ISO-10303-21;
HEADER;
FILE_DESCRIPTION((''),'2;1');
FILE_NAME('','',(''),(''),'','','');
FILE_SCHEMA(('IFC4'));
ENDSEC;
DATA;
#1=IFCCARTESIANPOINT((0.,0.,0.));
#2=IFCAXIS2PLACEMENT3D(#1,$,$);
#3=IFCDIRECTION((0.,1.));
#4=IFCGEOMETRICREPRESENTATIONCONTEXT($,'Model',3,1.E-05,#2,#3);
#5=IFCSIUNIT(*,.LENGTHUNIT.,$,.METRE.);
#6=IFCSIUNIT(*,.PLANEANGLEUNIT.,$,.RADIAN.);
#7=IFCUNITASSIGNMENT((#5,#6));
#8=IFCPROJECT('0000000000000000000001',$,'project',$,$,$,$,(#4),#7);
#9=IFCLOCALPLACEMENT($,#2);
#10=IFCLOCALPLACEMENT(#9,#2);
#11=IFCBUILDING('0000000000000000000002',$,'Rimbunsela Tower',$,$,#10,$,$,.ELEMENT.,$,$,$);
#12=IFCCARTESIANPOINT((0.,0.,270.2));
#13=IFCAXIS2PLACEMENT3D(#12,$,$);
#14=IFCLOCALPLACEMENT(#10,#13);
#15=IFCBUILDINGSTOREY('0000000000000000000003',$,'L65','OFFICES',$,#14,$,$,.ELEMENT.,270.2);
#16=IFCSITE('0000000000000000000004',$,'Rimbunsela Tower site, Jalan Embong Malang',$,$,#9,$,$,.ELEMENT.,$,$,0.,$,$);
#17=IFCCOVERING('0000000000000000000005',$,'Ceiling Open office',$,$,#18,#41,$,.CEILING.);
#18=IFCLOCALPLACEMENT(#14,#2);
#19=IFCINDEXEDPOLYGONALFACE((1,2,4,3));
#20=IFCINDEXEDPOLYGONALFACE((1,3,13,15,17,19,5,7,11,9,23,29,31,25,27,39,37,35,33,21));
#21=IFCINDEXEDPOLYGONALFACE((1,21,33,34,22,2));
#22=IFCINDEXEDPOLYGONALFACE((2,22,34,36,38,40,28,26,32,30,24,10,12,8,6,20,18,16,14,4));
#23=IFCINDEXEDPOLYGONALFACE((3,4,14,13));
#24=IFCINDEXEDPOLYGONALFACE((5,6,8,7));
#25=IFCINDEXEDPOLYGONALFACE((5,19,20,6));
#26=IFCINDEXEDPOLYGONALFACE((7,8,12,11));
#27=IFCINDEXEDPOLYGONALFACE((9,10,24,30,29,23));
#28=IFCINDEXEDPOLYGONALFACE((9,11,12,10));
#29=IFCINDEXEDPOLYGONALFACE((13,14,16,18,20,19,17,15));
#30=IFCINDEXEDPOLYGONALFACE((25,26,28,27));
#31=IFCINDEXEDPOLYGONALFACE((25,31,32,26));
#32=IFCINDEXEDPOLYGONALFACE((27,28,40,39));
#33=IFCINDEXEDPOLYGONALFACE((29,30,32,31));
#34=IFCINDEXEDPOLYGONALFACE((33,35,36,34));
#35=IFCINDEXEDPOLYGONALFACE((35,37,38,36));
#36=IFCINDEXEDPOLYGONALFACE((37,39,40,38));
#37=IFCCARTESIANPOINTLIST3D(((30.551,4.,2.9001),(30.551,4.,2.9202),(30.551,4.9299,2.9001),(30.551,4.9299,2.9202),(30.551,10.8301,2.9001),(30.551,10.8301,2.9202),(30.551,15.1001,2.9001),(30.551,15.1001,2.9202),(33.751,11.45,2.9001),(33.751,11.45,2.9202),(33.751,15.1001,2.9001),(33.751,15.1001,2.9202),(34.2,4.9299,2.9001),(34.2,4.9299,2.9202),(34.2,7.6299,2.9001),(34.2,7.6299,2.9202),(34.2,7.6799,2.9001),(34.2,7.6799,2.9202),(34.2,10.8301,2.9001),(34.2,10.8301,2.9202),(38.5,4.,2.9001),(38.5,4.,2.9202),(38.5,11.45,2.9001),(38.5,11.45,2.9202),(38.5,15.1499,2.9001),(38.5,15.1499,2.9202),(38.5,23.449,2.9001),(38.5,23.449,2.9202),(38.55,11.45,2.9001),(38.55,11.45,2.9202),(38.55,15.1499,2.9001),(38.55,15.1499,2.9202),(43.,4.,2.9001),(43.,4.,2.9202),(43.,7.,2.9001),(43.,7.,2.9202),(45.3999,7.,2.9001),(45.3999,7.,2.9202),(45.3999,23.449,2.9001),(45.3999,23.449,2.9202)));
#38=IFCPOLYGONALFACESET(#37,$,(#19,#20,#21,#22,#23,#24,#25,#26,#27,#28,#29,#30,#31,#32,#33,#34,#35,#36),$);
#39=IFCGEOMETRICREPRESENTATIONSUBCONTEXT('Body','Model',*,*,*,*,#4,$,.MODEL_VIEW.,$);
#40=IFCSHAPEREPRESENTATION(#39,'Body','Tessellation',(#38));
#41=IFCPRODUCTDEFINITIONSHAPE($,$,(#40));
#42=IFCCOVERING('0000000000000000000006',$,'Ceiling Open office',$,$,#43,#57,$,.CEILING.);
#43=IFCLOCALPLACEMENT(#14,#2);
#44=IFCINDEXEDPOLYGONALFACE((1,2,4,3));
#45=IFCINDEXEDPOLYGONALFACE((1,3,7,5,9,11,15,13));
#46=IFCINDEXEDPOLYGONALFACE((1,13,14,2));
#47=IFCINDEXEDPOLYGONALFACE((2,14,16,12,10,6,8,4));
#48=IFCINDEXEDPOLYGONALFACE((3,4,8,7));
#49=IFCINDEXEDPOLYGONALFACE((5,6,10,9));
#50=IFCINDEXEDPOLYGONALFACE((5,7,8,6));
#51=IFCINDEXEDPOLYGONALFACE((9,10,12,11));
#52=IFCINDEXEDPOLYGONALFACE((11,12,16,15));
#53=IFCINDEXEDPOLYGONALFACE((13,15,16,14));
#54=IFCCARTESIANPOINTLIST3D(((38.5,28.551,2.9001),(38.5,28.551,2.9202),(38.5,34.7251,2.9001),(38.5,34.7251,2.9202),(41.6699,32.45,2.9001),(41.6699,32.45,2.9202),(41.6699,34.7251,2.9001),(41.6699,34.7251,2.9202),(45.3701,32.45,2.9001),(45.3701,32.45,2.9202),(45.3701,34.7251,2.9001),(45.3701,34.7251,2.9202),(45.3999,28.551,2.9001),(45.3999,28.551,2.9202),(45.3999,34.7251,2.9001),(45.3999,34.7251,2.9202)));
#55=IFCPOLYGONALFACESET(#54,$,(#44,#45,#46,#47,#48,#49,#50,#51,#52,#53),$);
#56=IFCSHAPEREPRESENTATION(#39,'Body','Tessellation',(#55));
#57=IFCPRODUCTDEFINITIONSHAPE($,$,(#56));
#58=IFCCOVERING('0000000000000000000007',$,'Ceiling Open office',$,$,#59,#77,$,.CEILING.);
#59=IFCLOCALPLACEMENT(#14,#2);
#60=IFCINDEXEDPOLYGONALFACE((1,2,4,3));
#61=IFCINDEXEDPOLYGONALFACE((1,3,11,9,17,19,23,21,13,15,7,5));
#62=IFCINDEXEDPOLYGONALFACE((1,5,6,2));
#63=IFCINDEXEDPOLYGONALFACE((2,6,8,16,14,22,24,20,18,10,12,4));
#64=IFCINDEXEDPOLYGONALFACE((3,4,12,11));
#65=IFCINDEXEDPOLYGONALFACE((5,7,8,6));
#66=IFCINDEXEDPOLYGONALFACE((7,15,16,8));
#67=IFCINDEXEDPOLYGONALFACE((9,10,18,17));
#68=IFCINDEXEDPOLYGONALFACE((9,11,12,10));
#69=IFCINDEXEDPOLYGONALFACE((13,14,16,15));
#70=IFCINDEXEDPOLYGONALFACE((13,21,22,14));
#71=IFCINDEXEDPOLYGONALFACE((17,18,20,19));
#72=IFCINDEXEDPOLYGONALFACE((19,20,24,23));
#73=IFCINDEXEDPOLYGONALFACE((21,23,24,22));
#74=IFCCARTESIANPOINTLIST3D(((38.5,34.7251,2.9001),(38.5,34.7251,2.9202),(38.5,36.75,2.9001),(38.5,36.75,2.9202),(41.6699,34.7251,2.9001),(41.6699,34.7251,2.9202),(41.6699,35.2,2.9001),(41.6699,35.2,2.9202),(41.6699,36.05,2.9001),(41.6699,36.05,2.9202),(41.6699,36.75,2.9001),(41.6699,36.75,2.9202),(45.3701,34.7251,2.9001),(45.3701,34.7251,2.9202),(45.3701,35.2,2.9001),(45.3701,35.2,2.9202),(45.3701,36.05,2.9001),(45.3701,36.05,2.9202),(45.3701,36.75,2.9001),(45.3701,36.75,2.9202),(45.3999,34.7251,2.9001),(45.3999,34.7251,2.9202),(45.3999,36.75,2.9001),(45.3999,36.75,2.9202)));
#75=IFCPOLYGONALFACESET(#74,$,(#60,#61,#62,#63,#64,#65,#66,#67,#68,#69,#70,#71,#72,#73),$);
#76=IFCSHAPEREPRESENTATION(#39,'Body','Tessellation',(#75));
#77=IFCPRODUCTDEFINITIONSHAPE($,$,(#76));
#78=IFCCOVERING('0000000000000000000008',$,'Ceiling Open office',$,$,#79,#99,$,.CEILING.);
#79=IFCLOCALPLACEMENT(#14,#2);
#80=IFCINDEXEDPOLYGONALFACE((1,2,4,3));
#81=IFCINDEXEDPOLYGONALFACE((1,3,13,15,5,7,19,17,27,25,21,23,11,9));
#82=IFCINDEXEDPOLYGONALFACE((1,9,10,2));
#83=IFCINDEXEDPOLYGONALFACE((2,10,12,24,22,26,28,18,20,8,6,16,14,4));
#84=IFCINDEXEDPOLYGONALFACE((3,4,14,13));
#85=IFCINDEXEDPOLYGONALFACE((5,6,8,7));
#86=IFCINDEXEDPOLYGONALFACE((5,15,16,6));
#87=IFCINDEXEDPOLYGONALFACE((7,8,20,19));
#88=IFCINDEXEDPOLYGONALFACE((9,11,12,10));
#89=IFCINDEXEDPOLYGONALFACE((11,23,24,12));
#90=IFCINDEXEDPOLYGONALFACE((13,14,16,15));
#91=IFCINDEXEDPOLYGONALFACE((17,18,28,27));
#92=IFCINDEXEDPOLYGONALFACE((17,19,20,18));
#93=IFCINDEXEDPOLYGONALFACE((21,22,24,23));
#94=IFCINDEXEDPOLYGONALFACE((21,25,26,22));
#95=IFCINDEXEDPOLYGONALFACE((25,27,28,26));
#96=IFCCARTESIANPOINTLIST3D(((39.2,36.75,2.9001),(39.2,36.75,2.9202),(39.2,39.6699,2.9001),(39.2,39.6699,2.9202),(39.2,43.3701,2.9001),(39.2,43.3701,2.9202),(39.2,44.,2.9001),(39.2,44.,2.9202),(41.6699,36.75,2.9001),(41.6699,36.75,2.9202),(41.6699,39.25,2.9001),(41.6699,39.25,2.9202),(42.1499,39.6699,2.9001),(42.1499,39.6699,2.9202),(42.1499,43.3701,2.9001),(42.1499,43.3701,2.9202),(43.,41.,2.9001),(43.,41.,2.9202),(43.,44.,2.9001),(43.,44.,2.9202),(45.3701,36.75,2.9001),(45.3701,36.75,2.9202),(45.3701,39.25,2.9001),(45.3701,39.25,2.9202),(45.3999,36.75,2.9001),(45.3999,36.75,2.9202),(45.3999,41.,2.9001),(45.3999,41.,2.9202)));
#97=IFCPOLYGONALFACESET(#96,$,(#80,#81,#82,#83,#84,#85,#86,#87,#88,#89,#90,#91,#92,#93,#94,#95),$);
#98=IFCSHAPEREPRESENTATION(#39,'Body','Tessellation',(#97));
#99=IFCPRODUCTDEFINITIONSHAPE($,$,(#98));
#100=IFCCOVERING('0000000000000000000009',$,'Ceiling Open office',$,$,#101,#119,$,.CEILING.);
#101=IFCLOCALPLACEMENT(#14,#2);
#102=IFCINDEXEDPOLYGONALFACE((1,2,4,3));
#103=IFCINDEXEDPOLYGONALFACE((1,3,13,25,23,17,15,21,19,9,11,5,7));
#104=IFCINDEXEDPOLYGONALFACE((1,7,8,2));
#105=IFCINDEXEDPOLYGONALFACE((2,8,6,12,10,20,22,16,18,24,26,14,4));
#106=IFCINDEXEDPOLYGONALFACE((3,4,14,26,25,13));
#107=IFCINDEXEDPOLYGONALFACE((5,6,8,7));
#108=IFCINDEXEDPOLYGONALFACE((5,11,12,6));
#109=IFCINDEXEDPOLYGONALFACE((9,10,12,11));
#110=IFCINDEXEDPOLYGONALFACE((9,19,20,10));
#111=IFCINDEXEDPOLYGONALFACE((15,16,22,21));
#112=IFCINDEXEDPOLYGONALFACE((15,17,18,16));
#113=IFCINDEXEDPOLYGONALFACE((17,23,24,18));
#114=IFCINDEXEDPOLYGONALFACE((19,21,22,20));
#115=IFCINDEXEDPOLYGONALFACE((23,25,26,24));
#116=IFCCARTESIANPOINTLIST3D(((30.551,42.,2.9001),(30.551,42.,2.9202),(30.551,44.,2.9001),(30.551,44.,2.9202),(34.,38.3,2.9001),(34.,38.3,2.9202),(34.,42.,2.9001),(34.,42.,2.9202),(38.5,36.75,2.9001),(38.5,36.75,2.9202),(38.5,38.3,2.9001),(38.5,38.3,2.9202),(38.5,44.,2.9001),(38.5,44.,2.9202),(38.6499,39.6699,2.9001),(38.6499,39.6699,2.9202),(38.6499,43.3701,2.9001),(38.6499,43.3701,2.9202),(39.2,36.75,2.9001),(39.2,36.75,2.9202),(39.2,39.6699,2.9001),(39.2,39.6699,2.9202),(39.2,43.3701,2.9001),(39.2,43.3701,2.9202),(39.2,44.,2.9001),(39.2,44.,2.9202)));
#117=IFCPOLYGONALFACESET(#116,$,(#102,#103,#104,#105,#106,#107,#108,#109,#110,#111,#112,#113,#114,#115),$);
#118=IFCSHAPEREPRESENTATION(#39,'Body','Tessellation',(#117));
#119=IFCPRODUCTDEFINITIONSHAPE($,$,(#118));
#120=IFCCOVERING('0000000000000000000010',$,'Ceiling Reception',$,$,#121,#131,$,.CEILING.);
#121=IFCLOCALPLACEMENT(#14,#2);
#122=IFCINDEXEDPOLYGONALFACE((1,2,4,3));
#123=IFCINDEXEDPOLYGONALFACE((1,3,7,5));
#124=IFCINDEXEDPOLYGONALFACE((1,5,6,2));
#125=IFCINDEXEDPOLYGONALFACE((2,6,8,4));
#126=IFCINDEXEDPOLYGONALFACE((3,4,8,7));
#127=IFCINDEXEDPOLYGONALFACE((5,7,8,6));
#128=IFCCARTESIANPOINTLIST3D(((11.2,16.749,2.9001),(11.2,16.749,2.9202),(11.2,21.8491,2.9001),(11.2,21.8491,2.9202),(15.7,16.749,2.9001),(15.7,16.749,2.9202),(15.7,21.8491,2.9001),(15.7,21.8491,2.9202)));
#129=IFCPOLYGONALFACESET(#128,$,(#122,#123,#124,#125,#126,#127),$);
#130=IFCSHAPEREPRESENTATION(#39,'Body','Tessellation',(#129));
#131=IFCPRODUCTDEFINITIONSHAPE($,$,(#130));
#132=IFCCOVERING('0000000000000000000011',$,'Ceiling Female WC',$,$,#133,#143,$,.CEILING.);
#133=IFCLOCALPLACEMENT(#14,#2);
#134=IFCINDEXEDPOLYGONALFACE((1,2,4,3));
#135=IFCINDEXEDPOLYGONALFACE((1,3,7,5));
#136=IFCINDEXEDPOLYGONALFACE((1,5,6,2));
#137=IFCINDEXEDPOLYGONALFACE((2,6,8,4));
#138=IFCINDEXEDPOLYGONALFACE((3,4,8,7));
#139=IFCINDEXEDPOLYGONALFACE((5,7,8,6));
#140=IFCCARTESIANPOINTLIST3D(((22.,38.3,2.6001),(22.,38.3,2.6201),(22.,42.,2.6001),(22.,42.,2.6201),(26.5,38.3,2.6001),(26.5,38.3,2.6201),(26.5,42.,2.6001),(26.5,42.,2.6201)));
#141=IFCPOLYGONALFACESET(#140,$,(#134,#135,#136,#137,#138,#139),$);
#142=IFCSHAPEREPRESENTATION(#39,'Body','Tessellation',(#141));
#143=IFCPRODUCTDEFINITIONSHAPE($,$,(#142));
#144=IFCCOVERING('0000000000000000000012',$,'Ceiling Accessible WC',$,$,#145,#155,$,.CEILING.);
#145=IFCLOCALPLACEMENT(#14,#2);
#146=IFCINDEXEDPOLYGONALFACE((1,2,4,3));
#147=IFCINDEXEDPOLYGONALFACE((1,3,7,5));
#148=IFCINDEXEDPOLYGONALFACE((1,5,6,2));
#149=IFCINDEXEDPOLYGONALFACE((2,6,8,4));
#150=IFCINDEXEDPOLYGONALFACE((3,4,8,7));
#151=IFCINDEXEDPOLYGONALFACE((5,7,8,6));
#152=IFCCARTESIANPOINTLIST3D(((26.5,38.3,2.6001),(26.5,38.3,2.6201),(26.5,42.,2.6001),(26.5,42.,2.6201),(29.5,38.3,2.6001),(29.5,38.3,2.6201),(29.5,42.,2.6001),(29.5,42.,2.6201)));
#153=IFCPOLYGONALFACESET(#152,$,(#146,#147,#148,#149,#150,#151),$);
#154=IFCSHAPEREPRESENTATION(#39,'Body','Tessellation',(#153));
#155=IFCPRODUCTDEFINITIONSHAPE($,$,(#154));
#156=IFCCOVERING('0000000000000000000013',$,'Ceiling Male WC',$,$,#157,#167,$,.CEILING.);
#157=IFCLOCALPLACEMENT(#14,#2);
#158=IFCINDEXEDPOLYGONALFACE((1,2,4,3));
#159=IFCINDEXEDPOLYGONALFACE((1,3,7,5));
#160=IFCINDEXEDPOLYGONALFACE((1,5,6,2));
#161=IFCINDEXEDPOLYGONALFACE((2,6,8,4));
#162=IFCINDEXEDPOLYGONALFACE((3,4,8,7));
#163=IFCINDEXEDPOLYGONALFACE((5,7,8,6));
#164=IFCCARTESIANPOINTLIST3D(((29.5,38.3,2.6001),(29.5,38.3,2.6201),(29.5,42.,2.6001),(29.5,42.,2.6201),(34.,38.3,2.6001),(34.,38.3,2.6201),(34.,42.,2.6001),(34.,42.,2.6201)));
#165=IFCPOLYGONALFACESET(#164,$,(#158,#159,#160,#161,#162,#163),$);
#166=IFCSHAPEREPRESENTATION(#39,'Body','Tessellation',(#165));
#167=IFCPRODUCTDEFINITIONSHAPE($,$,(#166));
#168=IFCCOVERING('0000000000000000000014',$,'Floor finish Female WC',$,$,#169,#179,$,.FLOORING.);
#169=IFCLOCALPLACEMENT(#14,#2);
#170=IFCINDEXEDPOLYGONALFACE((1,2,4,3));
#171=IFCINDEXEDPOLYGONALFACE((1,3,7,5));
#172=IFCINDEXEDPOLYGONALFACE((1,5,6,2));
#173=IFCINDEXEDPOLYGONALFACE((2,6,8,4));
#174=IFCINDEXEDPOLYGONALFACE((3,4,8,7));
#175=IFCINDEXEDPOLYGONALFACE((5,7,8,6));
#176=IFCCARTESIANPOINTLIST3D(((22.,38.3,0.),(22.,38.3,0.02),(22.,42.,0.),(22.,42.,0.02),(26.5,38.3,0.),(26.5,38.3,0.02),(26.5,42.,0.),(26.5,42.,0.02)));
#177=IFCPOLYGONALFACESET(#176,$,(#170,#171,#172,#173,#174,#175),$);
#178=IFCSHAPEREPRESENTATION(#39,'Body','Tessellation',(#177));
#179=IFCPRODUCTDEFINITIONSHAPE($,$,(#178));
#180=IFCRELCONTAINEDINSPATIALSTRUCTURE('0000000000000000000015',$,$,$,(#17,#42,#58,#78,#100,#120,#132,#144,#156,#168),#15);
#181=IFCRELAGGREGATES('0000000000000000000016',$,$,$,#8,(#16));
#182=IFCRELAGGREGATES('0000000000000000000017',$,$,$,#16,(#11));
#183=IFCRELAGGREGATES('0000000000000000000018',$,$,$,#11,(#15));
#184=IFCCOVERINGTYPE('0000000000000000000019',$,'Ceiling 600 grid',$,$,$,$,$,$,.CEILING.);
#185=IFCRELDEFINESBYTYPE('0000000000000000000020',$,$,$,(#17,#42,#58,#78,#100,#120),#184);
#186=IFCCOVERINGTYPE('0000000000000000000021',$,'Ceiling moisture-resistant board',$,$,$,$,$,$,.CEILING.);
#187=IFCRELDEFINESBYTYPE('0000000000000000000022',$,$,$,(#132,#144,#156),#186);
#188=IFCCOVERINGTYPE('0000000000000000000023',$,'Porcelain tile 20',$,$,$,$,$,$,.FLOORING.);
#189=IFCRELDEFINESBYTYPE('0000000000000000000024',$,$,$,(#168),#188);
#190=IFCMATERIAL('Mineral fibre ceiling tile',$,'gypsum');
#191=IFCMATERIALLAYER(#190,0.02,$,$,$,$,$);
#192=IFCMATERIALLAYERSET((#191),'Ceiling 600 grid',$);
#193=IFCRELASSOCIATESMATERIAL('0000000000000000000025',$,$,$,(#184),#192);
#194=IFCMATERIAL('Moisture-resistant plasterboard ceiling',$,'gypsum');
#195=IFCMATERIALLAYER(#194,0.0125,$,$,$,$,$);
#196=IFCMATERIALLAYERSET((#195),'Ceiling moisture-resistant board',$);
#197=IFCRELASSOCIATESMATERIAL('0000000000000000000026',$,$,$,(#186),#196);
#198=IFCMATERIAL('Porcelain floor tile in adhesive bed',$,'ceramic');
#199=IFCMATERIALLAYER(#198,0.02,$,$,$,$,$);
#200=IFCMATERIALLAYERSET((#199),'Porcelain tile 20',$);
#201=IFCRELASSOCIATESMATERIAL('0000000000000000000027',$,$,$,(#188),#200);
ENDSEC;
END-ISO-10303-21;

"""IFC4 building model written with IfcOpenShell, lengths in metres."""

from ifc_helpers import new_model, si_unit, direction, frame, origin, place, context, subcontext, project, spatial, polyline, outline, extrude, material, layer, layer_set, type_object, element, save


model = new_model("IFC4")

# Units and contexts
model_context = context("Model", 3, precision=1e-05, world=origin(), true_north=direction((0.0, 1.0)))
body_context = subcontext(model_context, "Body", "Model", "MODEL_VIEW")
ifc_project = project(units=[si_unit("LENGTHUNIT", "METRE"), si_unit("PLANEANGLEUNIT", "RADIAN")], contexts=[model_context])

# Site, building, storey
site_placement = place(None, origin())
site = spatial("IfcSite", under=ifc_project, at=site_placement, Name="Rimbunsela Tower site, Jalan Embong Malang", CompositionType="ELEMENT", RefElevation=0.0)
building_placement = place(site_placement, origin())
building = spatial("IfcBuilding", under=site, at=building_placement, Name="Rimbunsela Tower", CompositionType="ELEMENT")
storey_placement = place(building_placement, frame((0.0, 0.0, 270.2)))
storey = spatial("IfcBuildingStorey", under=building, at=storey_placement, Name="L65", Description="OFFICES", CompositionType="ELEMENT", Elevation=270.2)

# Coverings
ifc_material_1 = material(Name="Mineral fibre ceiling tile", Category="gypsum")
ifc_layer_1 = layer(ifc_material_1, 0.02)
ifc_layer_set_1 = layer_set([ifc_layer_1], Name="Ceiling 600 grid")
covering_type_1 = type_object("IfcCoveringType", Name="Ceiling 600 grid", PredefinedType="CEILING", material=ifc_layer_set_1)
covering_1_placement = place(storey_placement, frame((0.0, 0.0, 2.9001)))
element("IfcCovering", 1, at=covering_1_placement, inside=storey, type_object=covering_type_1, Name="Ceiling Open office", PredefinedType="CEILING", context=body_context, shape_type="SweptSolid", body=[
    extrude(outline(polyline([(34.2, 4.9299), (34.2, 7.6299), (34.2, 7.6799), (34.2, 10.8301), (30.551, 10.8301), (30.551, 15.1001), (33.751, 15.1001), (33.751, 11.45), (38.5, 11.45), (38.55, 11.45), (38.55, 15.1499), (38.5, 15.1499), (38.5, 23.449), (45.3999, 23.449), (45.3999, 7.0), (43.0, 7.0), (43.0, 4.0), (38.5, 4.0), (30.551, 4.0), (30.551, 4.9299), (34.2, 4.9299)])), origin(), (0.0, 0.0, 1.0), 0.02),
])
covering_2_placement = place(storey_placement, frame((0.0, 0.0, 2.9001)))
element("IfcCovering", 2, at=covering_2_placement, inside=storey, type_object=covering_type_1, Name="Ceiling Open office", PredefinedType="CEILING", context=body_context, shape_type="SweptSolid", body=[
    extrude(outline(polyline([(38.5, 28.551), (38.5, 34.7251), (41.6699, 34.7251), (41.6699, 32.45), (45.3701, 32.45), (45.3701, 34.7251), (45.3999, 34.7251), (45.3999, 28.551), (38.5, 28.551)])), origin(), (0.0, 0.0, 1.0), 0.02),
])
covering_3_placement = place(storey_placement, frame((0.0, 0.0, 2.9001)))
element("IfcCovering", 3, at=covering_3_placement, inside=storey, type_object=covering_type_1, Name="Ceiling Open office", PredefinedType="CEILING", context=body_context, shape_type="SweptSolid", body=[
    extrude(outline(polyline([(38.5, 34.7251), (38.5, 36.75), (41.6699, 36.75), (41.6699, 36.05), (45.3701, 36.05), (45.3701, 36.75), (45.3999, 36.75), (45.3999, 34.7251), (45.3701, 34.7251), (45.3701, 35.2), (41.6699, 35.2), (41.6699, 34.7251), (38.5, 34.7251)])), origin(), (0.0, 0.0, 1.0), 0.02),
])
covering_4_placement = place(storey_placement, frame((0.0, 0.0, 2.9001)))
element("IfcCovering", 4, at=covering_4_placement, inside=storey, type_object=covering_type_1, Name="Ceiling Open office", PredefinedType="CEILING", context=body_context, shape_type="SweptSolid", body=[
    extrude(outline(polyline([(39.2, 44.0), (43.0, 44.0), (43.0, 41.0), (45.3999, 41.0), (45.3999, 36.75), (45.3701, 36.75), (45.3701, 39.25), (41.6699, 39.25), (41.6699, 36.75), (39.2, 36.75), (39.2, 39.6699), (42.1499, 39.6699), (42.1499, 43.3701), (39.2, 43.3701), (39.2, 44.0)])), origin(), (0.0, 0.0, 1.0), 0.02),
])
covering_5_placement = place(storey_placement, frame((0.0, 0.0, 2.9001)))
element("IfcCovering", 5, at=covering_5_placement, inside=storey, type_object=covering_type_1, Name="Ceiling Open office", PredefinedType="CEILING", context=body_context, shape_type="SweptSolid", body=[
    extrude(outline(polyline([(38.5, 36.75), (38.5, 38.3), (34.0, 38.3), (34.0, 42.0), (30.551, 42.0), (30.551, 44.0), (38.5, 44.0), (39.2, 44.0), (39.2, 43.3701), (38.6499, 43.3701), (38.6499, 39.6699), (39.2, 39.6699), (39.2, 36.75), (38.5, 36.75)])), origin(), (0.0, 0.0, 1.0), 0.02),
])
covering_6_placement = place(storey_placement, frame((0.0, 0.0, 2.9001)))
element("IfcCovering", 6, at=covering_6_placement, inside=storey, type_object=covering_type_1, Name="Ceiling Reception", PredefinedType="CEILING", context=body_context, shape_type="SweptSolid", body=[
    extrude(outline(polyline([(15.7, 16.749), (15.7, 21.8491), (11.2, 21.8491), (11.2, 16.749), (15.7, 16.749)])), origin(), (0.0, 0.0, 1.0), 0.02),
])
ifc_material_2 = material(Name="Moisture-resistant plasterboard ceiling", Category="gypsum")
ifc_layer_2 = layer(ifc_material_2, 0.0125)
ifc_layer_set_2 = layer_set([ifc_layer_2], Name="Ceiling moisture-resistant board")
covering_type_2 = type_object("IfcCoveringType", Name="Ceiling moisture-resistant board", PredefinedType="CEILING", material=ifc_layer_set_2)
covering_7_placement = place(storey_placement, frame((0.0, 0.0, 2.6001)))
element("IfcCovering", 7, at=covering_7_placement, inside=storey, type_object=covering_type_2, Name="Ceiling Female WC", PredefinedType="CEILING", context=body_context, shape_type="SweptSolid", body=[
    extrude(outline(polyline([(26.5, 38.3), (26.5, 42.0), (22.0, 42.0), (22.0, 38.3), (26.5, 38.3)])), origin(), (0.0, 0.0, 1.0), 0.02),
])
covering_8_placement = place(storey_placement, frame((0.0, 0.0, 2.6001)))
element("IfcCovering", 8, at=covering_8_placement, inside=storey, type_object=covering_type_2, Name="Ceiling Accessible WC", PredefinedType="CEILING", context=body_context, shape_type="SweptSolid", body=[
    extrude(outline(polyline([(29.5, 38.3), (29.5, 42.0), (26.5, 42.0), (26.5, 38.3), (29.5, 38.3)])), origin(), (0.0, 0.0, 1.0), 0.02),
])
covering_9_placement = place(storey_placement, frame((0.0, 0.0, 2.6001)))
element("IfcCovering", 9, at=covering_9_placement, inside=storey, type_object=covering_type_2, Name="Ceiling Male WC", PredefinedType="CEILING", context=body_context, shape_type="SweptSolid", body=[
    extrude(outline(polyline([(34.0, 38.3), (34.0, 42.0), (29.5, 42.0), (29.5, 38.3), (34.0, 38.3)])), origin(), (0.0, 0.0, 1.0), 0.02),
])
ifc_material_3 = material(Name="Porcelain floor tile in adhesive bed", Category="ceramic")
ifc_layer_3 = layer(ifc_material_3, 0.02)
ifc_layer_set_3 = layer_set([ifc_layer_3], Name="Porcelain tile 20")
covering_type_3 = type_object("IfcCoveringType", Name="Porcelain tile 20", PredefinedType="FLOORING", material=ifc_layer_set_3)
covering_10_placement = place(storey_placement, origin())
element("IfcCovering", 10, at=covering_10_placement, inside=storey, type_object=covering_type_3, Name="Floor finish Female WC", PredefinedType="FLOORING", context=body_context, shape_type="SweptSolid", body=[
    extrude(outline(polyline([(26.5, 38.3), (26.5, 42.0), (22.0, 42.0), (22.0, 38.3), (26.5, 38.3)])), origin(), (0.0, 0.0, 1.0), 0.02),
])

save(model, "model.ifc")
